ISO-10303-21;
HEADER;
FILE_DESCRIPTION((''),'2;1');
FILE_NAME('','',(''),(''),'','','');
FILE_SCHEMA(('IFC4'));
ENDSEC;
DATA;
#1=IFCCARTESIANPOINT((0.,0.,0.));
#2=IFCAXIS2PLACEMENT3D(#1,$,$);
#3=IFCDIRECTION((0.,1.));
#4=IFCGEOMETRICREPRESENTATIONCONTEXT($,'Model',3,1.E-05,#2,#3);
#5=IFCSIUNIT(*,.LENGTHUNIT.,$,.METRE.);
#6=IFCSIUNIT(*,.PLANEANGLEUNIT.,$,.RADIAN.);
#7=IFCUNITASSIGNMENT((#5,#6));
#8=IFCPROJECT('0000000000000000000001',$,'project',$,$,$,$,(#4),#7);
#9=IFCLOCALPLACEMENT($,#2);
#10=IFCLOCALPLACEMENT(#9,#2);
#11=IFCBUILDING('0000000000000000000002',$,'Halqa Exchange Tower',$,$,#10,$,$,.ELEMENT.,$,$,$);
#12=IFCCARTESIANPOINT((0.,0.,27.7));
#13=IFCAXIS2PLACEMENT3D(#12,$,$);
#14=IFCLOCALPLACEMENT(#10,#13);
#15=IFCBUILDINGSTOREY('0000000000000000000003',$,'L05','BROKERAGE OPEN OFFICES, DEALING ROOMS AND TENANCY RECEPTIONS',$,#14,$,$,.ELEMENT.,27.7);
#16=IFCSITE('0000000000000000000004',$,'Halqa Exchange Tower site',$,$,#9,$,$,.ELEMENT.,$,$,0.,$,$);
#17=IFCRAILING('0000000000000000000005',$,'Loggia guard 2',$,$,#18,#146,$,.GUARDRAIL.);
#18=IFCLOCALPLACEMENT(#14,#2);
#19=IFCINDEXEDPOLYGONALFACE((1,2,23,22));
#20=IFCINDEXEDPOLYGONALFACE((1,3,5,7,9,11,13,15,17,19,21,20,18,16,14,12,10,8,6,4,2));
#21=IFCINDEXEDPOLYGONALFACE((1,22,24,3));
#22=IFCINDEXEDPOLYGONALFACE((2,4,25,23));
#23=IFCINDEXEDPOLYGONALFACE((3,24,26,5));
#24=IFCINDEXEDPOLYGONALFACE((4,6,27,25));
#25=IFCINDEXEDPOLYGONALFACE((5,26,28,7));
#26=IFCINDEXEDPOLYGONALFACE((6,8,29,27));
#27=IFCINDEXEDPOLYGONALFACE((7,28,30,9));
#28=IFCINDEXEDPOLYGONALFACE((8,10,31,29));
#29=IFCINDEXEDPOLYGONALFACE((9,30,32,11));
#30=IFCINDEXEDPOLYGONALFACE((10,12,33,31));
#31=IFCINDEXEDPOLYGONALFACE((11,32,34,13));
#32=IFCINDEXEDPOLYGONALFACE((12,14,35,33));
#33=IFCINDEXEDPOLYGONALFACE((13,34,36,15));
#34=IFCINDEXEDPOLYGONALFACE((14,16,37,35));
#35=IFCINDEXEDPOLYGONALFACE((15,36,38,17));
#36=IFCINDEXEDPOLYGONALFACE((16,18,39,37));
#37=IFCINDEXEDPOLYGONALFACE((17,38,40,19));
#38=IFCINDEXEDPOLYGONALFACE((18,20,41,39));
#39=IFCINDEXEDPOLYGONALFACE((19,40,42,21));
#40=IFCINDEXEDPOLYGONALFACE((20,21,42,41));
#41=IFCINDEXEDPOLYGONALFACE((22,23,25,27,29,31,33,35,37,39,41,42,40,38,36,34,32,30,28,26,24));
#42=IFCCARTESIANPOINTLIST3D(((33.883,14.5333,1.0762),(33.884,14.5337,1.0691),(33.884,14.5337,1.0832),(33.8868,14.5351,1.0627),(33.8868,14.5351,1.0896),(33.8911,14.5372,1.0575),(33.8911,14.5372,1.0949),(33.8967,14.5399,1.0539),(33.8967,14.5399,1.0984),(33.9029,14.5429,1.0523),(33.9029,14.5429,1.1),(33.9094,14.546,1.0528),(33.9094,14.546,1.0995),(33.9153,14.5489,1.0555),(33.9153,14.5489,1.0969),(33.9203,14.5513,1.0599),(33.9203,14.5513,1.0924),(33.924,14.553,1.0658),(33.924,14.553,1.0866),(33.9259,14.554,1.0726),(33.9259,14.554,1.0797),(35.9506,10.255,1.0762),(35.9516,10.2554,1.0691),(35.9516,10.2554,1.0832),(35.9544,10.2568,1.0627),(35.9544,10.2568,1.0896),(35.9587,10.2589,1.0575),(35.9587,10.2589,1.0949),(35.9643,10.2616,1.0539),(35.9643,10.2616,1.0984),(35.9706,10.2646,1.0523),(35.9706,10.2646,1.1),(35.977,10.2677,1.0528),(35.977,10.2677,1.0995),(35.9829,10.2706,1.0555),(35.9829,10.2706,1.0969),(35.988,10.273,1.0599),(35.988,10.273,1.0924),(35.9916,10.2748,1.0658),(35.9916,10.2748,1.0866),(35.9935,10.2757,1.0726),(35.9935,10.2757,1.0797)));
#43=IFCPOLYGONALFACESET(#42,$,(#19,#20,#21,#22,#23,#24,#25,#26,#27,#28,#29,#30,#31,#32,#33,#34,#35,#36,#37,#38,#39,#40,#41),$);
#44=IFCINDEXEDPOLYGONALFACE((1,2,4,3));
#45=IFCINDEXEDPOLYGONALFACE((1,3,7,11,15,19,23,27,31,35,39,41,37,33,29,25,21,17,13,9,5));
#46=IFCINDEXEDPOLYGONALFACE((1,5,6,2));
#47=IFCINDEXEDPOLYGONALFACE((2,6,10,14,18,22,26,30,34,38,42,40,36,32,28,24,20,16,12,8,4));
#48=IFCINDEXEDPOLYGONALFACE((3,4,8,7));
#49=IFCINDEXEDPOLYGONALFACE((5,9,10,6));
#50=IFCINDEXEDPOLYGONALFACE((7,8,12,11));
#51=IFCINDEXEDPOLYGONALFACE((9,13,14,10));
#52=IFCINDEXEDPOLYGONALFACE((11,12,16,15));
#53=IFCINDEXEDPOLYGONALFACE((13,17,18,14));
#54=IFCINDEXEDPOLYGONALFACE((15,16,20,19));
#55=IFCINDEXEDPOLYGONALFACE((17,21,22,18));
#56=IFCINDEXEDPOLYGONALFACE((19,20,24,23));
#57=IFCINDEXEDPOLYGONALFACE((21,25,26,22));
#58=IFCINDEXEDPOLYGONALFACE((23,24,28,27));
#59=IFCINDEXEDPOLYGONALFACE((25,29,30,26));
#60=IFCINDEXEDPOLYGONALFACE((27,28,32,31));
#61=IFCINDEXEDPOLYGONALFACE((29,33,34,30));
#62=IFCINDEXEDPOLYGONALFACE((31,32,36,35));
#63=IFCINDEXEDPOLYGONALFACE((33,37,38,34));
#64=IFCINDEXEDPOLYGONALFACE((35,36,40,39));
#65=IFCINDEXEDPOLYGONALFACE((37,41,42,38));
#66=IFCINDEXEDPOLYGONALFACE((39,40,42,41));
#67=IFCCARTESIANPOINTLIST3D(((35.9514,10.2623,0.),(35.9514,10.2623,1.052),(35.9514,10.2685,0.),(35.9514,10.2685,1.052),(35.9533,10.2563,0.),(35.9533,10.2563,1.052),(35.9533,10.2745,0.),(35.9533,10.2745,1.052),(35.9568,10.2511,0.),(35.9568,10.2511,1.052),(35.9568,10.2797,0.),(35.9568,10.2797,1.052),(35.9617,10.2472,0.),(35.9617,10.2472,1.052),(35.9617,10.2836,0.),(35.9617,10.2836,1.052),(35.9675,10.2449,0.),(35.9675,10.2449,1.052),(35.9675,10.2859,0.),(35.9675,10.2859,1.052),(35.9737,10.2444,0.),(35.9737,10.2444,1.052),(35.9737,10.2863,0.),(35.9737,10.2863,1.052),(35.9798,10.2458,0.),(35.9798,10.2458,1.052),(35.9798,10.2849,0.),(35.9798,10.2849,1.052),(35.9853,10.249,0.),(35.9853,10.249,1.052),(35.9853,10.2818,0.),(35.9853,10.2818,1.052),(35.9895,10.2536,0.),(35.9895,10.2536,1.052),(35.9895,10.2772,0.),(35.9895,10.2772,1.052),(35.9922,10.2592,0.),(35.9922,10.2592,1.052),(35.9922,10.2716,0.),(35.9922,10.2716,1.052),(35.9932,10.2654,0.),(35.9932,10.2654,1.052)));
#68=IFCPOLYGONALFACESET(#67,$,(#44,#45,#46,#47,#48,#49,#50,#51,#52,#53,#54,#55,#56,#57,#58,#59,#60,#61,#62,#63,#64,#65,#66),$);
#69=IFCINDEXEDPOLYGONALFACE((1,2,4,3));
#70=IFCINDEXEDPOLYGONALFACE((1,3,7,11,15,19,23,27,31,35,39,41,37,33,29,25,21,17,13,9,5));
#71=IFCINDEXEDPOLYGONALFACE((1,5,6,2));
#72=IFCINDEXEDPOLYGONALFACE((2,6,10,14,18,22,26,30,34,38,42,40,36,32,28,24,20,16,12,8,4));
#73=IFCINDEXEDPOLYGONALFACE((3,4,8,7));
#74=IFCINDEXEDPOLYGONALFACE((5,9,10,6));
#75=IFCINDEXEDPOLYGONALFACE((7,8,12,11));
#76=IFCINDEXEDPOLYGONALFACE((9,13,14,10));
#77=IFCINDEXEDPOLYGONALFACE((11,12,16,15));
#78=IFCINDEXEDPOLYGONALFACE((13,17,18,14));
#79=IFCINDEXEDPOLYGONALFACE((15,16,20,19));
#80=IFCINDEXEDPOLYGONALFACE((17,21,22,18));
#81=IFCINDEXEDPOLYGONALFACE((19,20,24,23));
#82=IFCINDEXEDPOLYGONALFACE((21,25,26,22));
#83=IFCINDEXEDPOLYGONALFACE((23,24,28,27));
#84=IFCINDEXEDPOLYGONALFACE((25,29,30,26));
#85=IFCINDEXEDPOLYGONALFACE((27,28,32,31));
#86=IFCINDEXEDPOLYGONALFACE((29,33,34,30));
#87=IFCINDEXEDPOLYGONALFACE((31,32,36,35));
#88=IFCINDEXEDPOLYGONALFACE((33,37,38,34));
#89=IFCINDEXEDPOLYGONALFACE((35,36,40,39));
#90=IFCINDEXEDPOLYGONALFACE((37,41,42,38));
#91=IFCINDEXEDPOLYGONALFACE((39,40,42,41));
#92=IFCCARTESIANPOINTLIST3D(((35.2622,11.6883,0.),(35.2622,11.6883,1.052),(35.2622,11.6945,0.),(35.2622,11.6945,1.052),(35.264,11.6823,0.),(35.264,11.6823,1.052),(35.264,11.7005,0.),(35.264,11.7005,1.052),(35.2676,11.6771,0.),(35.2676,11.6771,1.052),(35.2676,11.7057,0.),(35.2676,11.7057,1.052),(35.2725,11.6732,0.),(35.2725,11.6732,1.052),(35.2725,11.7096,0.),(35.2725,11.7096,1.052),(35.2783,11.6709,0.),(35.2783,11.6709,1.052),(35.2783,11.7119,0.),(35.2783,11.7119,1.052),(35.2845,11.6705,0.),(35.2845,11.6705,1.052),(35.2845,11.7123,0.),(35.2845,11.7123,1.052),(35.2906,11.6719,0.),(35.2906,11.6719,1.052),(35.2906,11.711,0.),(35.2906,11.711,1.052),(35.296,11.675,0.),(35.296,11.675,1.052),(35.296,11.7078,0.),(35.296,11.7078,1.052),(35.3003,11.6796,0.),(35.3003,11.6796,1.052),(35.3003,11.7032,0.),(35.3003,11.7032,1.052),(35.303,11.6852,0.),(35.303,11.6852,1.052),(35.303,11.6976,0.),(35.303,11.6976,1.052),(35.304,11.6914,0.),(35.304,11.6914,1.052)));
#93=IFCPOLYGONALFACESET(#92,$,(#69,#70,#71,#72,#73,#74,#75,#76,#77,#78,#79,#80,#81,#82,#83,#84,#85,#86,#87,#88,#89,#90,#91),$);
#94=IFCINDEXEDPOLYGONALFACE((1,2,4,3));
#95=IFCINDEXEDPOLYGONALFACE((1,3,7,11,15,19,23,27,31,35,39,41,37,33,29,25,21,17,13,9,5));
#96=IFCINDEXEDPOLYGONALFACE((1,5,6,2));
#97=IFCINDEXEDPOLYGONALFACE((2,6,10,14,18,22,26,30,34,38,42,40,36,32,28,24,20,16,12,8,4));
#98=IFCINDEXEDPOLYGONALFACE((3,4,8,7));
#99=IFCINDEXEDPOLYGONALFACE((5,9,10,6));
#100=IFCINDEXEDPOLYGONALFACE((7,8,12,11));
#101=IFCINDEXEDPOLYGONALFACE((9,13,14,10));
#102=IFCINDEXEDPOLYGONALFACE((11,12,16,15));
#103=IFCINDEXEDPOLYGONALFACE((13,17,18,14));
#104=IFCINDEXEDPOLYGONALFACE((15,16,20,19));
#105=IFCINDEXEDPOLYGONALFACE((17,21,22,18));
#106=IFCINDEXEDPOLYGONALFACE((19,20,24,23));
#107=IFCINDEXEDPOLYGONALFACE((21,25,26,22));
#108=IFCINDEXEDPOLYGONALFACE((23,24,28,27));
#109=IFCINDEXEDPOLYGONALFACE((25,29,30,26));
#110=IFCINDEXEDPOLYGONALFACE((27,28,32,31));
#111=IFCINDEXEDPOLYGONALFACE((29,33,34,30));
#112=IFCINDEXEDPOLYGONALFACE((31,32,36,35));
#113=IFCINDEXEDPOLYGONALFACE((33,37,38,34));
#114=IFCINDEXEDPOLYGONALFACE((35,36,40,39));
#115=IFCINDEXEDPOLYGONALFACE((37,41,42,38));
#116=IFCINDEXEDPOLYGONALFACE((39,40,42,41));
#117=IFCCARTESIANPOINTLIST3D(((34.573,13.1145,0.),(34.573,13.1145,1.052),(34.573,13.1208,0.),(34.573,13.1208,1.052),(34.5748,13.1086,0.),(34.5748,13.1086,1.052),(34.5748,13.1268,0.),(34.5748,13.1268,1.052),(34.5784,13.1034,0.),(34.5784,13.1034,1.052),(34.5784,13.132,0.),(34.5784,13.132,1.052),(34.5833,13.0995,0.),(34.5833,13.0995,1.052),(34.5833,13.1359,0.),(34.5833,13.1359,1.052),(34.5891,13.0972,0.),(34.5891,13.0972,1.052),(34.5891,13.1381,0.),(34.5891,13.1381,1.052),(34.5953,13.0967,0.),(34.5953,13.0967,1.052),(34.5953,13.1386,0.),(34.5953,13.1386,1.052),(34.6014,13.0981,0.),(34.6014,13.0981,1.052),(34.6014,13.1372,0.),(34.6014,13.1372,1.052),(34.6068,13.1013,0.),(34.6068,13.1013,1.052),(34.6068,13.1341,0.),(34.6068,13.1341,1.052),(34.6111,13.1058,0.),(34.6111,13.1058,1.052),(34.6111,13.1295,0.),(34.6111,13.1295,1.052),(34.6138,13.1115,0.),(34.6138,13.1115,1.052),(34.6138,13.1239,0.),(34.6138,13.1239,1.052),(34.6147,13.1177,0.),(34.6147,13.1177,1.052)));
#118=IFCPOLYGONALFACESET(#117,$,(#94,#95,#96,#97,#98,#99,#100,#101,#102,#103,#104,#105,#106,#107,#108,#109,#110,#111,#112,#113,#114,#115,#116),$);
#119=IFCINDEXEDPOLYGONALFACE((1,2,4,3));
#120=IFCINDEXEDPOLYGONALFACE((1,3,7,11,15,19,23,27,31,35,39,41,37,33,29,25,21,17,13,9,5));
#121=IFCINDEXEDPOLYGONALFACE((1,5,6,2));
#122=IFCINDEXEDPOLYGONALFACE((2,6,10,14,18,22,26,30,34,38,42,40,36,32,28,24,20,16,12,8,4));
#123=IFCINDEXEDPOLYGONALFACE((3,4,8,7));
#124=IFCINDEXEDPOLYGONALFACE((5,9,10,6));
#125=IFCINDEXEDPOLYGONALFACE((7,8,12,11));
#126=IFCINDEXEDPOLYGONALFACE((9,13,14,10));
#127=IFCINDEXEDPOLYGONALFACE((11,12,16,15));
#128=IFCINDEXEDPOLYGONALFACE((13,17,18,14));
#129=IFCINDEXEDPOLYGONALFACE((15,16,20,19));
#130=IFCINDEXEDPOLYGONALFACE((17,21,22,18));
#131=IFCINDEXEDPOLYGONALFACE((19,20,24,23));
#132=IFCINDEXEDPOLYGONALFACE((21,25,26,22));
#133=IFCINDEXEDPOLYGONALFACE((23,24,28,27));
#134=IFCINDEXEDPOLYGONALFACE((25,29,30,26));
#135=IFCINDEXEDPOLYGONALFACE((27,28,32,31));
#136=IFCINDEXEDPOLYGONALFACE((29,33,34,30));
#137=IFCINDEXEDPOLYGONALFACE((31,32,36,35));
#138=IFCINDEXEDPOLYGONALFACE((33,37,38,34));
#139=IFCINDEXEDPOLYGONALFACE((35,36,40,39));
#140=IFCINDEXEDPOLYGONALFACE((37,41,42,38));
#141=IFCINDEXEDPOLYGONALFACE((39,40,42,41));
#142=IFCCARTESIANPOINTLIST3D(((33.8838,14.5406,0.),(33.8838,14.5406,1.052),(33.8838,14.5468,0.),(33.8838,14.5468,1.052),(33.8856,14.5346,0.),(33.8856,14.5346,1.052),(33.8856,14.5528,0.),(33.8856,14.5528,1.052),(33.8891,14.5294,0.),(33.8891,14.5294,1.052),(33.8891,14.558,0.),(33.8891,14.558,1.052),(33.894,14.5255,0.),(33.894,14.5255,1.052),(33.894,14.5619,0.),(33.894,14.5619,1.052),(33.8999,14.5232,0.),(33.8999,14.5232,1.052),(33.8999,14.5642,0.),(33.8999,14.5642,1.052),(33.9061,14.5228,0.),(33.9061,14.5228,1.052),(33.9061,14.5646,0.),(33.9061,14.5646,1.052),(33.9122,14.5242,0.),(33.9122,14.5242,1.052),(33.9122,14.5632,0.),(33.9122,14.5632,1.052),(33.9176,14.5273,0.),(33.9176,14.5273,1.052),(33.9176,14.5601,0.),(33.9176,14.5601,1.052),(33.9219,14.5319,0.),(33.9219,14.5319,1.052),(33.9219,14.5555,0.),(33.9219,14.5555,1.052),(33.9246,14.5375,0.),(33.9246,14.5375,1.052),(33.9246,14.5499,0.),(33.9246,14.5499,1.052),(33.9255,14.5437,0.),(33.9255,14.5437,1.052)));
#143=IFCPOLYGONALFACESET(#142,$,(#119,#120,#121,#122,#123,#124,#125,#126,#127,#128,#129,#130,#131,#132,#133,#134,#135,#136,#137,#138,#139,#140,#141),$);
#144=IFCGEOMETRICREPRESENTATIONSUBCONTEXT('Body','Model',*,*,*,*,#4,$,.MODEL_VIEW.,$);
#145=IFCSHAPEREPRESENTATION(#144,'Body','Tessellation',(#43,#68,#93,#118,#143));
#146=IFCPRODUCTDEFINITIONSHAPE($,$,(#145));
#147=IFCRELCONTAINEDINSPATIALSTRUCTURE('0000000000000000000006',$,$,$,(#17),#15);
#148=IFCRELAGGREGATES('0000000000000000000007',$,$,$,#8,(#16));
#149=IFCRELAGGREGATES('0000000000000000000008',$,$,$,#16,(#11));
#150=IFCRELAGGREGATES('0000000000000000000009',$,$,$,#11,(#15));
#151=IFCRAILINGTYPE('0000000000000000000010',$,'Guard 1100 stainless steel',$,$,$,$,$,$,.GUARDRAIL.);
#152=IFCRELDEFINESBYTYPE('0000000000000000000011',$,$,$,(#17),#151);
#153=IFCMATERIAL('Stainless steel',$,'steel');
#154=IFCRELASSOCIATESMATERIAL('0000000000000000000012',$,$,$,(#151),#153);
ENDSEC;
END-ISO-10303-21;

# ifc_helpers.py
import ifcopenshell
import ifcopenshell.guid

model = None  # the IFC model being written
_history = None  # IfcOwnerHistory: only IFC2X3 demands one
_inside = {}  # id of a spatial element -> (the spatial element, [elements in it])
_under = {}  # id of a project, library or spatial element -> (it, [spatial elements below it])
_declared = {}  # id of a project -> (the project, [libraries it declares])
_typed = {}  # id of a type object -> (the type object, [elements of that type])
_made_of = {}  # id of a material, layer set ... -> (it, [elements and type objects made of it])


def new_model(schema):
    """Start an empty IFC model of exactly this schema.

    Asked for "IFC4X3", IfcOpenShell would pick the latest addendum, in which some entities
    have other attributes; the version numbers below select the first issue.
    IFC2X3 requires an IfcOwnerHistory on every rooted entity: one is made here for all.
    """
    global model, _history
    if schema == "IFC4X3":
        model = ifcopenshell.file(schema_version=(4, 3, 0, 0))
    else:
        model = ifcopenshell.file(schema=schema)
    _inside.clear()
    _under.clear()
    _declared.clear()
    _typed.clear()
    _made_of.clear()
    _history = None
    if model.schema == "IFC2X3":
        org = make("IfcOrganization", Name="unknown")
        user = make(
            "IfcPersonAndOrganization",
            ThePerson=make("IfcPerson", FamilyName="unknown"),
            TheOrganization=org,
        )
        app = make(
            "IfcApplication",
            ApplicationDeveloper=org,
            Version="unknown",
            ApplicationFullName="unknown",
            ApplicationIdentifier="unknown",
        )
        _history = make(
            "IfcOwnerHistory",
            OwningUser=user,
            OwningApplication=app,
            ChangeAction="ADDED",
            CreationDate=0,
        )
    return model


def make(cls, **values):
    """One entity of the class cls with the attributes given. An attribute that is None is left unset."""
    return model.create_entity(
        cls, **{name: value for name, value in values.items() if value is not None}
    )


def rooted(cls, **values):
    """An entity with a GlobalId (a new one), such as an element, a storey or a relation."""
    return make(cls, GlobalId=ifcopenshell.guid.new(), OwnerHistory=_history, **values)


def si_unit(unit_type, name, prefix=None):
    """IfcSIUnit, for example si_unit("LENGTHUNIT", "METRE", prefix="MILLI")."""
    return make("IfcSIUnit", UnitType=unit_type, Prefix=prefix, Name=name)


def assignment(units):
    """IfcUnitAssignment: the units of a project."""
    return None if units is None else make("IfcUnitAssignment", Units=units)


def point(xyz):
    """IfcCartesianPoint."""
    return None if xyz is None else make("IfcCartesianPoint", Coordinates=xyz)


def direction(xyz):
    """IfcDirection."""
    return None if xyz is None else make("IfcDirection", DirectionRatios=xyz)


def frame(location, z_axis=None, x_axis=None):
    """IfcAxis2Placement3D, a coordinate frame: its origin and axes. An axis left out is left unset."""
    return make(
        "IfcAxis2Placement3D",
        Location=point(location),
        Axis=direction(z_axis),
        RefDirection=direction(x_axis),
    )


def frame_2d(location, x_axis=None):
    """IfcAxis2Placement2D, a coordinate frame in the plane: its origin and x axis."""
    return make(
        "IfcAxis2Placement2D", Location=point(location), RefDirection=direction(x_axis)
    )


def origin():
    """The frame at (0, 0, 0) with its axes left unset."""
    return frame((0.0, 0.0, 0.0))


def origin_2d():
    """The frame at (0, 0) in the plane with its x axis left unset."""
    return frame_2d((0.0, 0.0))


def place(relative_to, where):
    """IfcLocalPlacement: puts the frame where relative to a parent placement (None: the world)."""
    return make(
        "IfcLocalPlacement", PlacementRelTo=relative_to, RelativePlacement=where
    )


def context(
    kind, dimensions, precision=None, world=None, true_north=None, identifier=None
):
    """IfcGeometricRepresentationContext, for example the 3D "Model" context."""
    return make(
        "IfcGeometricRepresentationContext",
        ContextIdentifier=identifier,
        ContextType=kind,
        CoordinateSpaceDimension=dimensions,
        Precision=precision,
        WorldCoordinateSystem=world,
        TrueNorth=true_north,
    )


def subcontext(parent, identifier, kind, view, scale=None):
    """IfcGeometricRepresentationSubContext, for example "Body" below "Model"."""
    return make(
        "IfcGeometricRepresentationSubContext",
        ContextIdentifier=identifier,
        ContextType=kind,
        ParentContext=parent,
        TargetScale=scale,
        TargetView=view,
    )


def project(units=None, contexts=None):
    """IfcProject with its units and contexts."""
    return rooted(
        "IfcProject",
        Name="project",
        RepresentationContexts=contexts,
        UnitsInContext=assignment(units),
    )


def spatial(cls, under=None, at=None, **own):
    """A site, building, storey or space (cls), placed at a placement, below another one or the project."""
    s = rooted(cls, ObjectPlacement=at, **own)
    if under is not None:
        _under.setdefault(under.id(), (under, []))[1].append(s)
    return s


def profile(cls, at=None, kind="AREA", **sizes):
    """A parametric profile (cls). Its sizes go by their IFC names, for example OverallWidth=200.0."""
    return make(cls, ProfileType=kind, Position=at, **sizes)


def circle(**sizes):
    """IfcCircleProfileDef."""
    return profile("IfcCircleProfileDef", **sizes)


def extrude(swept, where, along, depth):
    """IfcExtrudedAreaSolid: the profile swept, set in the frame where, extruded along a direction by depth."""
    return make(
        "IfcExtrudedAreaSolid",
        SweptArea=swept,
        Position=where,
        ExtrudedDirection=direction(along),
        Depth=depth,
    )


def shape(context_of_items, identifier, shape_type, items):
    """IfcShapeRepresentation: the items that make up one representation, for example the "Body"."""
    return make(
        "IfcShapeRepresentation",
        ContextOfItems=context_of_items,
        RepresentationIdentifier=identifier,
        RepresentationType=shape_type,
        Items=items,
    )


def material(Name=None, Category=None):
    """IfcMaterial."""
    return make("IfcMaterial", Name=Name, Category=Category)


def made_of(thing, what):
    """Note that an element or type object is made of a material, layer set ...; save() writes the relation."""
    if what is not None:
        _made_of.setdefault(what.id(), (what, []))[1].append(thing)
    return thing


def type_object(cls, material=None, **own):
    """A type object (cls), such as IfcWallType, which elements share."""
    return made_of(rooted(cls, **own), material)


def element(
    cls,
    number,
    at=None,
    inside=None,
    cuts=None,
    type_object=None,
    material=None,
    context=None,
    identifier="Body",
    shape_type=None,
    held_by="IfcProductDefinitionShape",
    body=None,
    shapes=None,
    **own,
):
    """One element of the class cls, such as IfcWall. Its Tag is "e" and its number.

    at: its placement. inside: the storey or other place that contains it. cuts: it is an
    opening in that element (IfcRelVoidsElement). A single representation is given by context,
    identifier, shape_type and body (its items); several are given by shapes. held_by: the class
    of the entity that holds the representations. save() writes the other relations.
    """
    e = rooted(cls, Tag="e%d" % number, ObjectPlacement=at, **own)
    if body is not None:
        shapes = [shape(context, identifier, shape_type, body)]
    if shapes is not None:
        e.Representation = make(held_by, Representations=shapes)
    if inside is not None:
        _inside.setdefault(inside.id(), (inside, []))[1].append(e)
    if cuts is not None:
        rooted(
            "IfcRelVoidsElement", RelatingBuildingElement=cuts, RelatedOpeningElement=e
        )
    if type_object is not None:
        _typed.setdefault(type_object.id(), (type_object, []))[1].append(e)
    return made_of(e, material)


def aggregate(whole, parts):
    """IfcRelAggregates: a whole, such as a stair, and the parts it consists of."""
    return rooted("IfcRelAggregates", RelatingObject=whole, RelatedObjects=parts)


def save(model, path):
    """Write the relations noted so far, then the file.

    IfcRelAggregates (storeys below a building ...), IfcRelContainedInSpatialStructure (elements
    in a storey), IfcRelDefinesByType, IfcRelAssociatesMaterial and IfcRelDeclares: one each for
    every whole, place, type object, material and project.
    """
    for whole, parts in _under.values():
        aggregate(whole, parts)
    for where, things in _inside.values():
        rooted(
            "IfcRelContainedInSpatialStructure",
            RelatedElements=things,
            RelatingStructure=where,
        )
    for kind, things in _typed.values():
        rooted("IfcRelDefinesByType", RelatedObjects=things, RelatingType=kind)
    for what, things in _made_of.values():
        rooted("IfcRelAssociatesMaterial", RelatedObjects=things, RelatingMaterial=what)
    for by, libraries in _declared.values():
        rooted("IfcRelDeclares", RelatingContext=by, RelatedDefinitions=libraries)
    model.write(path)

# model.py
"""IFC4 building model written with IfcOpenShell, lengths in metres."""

from ifc_helpers import new_model, si_unit, direction, frame, origin, origin_2d, place, context, subcontext, project, spatial, circle, extrude, material, type_object, element, save


model = new_model("IFC4")

# Units and contexts
model_context = context("Model", 3, precision=1e-05, world=origin(), true_north=direction((0.0, 1.0)))
body_context = subcontext(model_context, "Body", "Model", "MODEL_VIEW")
ifc_project = project(units=[si_unit("LENGTHUNIT", "METRE"), si_unit("PLANEANGLEUNIT", "RADIAN")], contexts=[model_context])

# Site, building, storey
site_placement = place(None, origin())
site = spatial("IfcSite", under=ifc_project, at=site_placement, Name="Halqa Exchange Tower site", CompositionType="ELEMENT", RefElevation=0.0)
building_placement = place(site_placement, origin())
building = spatial("IfcBuilding", under=site, at=building_placement, Name="Halqa Exchange Tower", CompositionType="ELEMENT")
storey_placement = place(building_placement, frame((0.0, 0.0, 27.7)))
storey = spatial("IfcBuildingStorey", under=building, at=storey_placement, Name="L05", Description="BROKERAGE OPEN OFFICES, DEALING ROOMS AND TENANCY RECEPTIONS", CompositionType="ELEMENT", Elevation=27.7)

# Railing
ifc_material_1 = material(Name="Stainless steel", Category="steel")
railing_type = type_object("IfcRailingType", Name="Guard 1100 stainless steel", PredefinedType="GUARDRAIL", material=ifc_material_1)
railing_1_placement = place(storey_placement, frame((35.9722, 10.2654, 0.0)))
element("IfcRailing", 1, at=railing_1_placement, inside=storey, type_object=railing_type, Name="Loggia guard 2", PredefinedType="GUARDRAIL", context=body_context, shape_type="SweptSolid", body=[
    extrude(circle(Radius=0.0239, at=origin_2d()), frame((0.0, 0.0, 1.0762), z_axis=(-0.43513, 0.900368, 0.0), x_axis=(-0.900368, -0.43513, 0.0)), (0.0, 0.0, 1.0), 4.7517),
    extrude(circle(Radius=0.021, at=origin_2d()), origin(), (0.0, 0.0, 1.0), 1.052),
    extrude(circle(Radius=0.021, at=origin_2d()), frame((-0.6892, 1.426, 0.0)), (0.0, 0.0, 1.0), 1.052),
    extrude(circle(Radius=0.021, at=origin_2d()), frame((-1.3784, 2.8523, 0.0)), (0.0, 0.0, 1.0), 1.052),
    extrude(circle(Radius=0.021, at=origin_2d()), frame((-2.0676, 4.2783, 0.0)), (0.0, 0.0, 1.0), 1.052),
])

save(model, "model.ifc")
